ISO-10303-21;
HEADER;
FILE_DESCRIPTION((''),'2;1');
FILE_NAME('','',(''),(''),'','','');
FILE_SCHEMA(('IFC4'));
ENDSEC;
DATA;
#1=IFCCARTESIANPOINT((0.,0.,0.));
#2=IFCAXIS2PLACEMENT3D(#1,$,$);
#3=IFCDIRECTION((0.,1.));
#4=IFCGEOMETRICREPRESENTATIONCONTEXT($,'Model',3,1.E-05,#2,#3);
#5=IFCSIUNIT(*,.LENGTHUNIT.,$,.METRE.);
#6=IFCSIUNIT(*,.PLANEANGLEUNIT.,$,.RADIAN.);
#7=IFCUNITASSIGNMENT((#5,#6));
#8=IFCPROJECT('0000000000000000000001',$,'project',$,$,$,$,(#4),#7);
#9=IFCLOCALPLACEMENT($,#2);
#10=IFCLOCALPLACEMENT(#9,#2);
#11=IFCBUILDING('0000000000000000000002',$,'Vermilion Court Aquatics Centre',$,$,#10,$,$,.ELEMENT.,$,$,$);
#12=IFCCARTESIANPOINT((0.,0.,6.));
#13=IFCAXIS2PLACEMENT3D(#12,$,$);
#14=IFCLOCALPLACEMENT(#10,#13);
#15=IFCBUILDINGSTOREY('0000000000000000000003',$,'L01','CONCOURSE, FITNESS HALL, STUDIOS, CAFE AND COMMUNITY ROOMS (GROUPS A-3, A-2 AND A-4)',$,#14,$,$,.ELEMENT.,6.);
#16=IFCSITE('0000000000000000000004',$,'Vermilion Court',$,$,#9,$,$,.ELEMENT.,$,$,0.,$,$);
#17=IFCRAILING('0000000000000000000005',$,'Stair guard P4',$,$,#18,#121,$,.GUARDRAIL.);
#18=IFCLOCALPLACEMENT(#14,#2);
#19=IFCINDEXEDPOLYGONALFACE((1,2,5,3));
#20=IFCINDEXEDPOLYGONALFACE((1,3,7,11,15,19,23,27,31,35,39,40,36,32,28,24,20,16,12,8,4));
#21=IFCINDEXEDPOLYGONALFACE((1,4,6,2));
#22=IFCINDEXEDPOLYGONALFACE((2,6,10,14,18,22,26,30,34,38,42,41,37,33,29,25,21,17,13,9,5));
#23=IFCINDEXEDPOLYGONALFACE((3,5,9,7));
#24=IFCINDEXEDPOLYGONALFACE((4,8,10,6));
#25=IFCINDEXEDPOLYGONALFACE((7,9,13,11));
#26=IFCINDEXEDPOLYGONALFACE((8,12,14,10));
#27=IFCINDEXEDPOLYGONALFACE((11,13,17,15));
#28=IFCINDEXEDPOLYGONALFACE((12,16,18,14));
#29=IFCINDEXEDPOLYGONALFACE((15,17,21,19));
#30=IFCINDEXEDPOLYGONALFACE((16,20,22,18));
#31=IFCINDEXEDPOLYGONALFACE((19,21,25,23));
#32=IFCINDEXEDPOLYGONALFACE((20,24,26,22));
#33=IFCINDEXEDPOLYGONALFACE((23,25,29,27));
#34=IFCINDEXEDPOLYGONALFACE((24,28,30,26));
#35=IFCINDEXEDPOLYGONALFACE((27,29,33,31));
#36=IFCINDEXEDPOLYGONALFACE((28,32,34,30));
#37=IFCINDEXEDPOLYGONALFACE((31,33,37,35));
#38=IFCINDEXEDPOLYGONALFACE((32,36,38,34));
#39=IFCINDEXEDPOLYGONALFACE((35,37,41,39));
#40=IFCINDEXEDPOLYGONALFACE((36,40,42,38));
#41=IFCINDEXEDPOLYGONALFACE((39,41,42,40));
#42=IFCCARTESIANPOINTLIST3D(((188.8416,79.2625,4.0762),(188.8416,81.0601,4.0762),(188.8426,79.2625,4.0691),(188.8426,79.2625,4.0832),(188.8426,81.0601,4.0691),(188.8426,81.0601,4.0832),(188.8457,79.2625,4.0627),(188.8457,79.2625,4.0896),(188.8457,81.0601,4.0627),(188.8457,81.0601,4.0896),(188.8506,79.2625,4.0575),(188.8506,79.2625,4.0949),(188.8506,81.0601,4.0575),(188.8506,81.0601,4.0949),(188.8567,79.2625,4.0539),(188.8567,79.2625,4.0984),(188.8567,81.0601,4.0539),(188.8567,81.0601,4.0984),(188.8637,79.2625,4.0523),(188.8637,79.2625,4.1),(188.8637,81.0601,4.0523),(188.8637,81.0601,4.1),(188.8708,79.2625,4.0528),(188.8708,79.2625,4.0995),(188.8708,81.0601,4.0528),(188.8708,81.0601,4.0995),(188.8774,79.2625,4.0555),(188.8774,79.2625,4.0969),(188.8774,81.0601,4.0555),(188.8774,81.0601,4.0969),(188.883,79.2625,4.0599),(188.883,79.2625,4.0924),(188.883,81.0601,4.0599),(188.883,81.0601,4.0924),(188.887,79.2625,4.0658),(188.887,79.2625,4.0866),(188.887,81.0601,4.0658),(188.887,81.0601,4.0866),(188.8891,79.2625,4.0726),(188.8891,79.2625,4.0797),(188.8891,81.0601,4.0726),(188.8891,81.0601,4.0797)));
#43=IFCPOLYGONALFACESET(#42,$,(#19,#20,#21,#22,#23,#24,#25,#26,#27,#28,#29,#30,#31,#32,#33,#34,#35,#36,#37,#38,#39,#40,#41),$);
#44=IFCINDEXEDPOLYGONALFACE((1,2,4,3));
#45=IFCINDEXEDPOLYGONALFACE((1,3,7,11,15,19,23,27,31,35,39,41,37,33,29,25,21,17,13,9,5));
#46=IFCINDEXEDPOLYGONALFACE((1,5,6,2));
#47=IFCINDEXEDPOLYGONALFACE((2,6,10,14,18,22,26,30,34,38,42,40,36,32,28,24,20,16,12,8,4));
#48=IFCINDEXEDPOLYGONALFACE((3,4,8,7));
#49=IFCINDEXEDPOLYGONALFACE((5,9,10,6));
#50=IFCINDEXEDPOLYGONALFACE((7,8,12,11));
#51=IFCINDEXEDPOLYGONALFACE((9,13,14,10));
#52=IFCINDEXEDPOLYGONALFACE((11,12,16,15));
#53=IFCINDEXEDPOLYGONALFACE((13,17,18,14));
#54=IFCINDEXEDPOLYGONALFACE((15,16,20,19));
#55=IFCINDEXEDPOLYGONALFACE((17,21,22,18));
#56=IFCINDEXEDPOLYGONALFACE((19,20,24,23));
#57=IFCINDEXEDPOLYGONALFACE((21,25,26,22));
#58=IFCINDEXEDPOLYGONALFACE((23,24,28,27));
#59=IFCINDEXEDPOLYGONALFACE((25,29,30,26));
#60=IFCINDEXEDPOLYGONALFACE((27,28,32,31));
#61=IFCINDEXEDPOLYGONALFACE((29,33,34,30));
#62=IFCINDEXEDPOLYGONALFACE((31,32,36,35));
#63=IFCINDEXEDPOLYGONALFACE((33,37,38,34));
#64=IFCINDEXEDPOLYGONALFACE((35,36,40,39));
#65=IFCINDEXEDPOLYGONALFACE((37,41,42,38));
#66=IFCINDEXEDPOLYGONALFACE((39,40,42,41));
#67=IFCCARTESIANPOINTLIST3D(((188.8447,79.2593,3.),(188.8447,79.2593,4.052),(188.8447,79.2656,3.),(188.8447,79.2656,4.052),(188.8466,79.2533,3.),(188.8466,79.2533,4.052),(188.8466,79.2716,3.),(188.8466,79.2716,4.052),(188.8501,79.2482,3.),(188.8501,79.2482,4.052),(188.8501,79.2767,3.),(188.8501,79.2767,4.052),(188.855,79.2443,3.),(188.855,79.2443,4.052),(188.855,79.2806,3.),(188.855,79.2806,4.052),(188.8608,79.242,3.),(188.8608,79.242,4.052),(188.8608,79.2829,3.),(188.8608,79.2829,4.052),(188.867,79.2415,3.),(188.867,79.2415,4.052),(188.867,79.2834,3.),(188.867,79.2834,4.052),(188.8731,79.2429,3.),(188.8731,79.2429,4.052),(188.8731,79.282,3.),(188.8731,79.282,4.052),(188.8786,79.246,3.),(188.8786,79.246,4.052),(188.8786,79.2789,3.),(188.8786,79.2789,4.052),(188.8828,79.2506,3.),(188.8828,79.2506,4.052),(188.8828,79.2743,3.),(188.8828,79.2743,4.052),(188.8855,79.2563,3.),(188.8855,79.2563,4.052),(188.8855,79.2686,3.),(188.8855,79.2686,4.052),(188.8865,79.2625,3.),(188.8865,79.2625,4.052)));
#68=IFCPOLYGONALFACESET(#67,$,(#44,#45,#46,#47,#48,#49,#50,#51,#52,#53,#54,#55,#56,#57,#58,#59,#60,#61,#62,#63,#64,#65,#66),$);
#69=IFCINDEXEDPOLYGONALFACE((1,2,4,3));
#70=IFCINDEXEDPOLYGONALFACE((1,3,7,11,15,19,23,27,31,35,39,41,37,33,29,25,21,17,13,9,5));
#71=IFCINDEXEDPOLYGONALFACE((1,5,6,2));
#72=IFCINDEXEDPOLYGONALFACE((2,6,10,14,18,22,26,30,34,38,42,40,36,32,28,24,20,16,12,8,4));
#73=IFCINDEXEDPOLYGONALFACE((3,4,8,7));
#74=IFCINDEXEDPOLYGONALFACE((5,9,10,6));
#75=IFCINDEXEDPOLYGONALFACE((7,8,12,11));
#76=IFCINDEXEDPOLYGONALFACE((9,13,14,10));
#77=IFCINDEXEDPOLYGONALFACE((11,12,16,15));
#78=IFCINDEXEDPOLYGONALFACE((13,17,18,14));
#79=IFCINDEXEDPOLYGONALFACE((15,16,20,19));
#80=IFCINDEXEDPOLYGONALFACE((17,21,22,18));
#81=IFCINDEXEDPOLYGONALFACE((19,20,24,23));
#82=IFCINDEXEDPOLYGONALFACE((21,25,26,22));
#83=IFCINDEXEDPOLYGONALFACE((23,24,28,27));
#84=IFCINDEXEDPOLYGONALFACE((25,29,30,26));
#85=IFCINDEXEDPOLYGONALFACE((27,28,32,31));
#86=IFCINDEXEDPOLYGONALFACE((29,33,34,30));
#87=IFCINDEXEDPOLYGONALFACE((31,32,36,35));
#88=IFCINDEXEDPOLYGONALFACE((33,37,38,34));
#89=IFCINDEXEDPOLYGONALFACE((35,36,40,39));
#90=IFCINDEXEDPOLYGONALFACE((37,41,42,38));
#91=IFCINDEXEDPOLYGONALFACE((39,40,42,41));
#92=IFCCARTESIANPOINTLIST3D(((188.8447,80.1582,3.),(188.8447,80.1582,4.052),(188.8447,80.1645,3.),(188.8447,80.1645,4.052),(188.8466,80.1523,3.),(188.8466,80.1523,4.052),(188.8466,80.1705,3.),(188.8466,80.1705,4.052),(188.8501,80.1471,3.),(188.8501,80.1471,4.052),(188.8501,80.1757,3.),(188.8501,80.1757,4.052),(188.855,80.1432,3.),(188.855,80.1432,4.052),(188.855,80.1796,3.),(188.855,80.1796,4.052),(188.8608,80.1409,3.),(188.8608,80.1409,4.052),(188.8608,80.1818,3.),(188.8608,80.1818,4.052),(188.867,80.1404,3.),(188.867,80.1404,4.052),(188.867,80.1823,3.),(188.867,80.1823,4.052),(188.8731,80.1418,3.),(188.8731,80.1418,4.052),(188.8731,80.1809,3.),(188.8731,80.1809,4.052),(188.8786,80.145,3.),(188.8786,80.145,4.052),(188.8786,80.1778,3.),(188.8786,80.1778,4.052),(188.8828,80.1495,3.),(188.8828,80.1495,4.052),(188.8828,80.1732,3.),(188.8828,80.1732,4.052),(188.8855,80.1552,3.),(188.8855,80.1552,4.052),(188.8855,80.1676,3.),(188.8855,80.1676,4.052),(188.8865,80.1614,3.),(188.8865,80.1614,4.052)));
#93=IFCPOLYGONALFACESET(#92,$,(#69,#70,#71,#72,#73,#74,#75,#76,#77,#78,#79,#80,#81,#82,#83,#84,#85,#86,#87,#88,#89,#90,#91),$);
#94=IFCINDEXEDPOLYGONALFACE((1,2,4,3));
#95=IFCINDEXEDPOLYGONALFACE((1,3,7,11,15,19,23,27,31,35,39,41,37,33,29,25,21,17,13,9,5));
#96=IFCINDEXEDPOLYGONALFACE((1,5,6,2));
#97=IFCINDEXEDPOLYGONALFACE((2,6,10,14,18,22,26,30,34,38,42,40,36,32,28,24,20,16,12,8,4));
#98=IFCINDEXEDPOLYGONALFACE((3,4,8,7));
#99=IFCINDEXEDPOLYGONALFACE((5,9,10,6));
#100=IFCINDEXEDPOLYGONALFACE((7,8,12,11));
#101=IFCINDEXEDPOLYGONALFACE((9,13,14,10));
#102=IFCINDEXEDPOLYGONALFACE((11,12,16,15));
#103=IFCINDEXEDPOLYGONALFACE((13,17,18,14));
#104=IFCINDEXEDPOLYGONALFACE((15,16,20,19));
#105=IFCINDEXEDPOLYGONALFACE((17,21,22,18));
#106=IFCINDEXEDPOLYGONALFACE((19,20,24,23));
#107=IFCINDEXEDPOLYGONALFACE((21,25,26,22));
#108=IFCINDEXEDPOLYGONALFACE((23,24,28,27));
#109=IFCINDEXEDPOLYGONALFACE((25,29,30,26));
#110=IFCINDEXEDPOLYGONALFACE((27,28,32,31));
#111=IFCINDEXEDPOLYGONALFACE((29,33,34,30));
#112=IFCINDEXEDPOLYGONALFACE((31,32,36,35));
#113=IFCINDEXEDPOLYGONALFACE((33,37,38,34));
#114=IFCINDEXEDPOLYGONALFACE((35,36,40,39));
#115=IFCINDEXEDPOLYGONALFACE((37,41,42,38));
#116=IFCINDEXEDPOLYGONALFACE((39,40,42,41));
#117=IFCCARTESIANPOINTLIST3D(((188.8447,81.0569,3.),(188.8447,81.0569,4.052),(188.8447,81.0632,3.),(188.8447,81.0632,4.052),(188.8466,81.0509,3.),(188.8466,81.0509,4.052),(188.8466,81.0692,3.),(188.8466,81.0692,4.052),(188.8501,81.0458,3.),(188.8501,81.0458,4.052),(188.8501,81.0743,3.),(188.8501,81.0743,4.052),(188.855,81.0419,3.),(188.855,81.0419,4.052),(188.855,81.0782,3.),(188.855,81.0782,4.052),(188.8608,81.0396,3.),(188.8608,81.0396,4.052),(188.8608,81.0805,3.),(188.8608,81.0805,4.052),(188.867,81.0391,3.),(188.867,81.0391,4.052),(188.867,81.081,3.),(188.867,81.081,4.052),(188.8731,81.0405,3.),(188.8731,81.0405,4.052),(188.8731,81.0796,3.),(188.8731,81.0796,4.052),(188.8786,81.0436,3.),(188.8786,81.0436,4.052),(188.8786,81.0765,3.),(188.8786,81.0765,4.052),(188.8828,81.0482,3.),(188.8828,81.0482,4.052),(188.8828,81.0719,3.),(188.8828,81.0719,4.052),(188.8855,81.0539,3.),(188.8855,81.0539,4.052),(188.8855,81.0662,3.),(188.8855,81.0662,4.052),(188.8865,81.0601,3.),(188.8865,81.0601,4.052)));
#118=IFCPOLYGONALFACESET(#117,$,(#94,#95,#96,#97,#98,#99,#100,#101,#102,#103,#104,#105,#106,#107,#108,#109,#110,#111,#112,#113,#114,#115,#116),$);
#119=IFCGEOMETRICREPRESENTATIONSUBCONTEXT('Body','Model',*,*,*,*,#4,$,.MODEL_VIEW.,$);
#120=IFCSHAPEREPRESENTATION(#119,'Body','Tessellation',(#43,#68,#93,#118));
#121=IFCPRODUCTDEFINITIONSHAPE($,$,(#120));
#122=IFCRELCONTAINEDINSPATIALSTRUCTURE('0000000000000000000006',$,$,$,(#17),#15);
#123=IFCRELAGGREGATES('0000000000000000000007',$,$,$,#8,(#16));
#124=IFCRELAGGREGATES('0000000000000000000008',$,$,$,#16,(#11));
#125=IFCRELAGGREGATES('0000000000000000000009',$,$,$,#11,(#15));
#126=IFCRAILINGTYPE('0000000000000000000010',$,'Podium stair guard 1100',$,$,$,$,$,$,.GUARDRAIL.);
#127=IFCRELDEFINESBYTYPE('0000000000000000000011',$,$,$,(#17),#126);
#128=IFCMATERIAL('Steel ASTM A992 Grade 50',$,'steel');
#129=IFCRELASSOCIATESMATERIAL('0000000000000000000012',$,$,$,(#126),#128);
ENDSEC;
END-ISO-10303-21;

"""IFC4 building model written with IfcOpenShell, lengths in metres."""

from ifc_helpers import new_model, si_unit, direction, frame, origin, origin_2d, place, context, subcontext, project, spatial, circle, extrude, material, type_object, element, save


model = new_model("IFC4")

# Units and contexts
model_context = context("Model", 3, precision=1e-05, world=origin(), true_north=direction((0.0, 1.0)))
body_context = subcontext(model_context, "Body", "Model", "MODEL_VIEW")
ifc_project = project(units=[si_unit("LENGTHUNIT", "METRE"), si_unit("PLANEANGLEUNIT", "RADIAN")], contexts=[model_context])

# Site, building, storey
site_placement = place(None, origin())
site = spatial("IfcSite", under=ifc_project, at=site_placement, Name="Vermilion Court", CompositionType="ELEMENT", RefElevation=0.0)
building_placement = place(site_placement, origin())
building = spatial("IfcBuilding", under=site, at=building_placement, Name="Vermilion Court Aquatics Centre", CompositionType="ELEMENT")
storey_placement = place(building_placement, frame((0.0, 0.0, 6.0)))
storey = spatial("IfcBuildingStorey", under=building, at=storey_placement, Name="L01", Description="CONCOURSE, FITNESS HALL, STUDIOS, CAFE AND COMMUNITY ROOMS (GROUPS A-3, A-2 AND A-4)", CompositionType="ELEMENT", Elevation=6.0)

# Railing
ifc_material_1 = material(Name="Steel ASTM A992 Grade 50", Category="steel")
railing_type_1 = type_object("IfcRailingType", Name="Podium stair guard 1100", PredefinedType="GUARDRAIL", material=ifc_material_1)
railing_1_placement = place(storey_placement, frame((188.8655, 79.2625, 3.0)))
element("IfcRailing", 1, at=railing_1_placement, inside=storey, type_object=railing_type_1, Name="Stair guard P4", PredefinedType="GUARDRAIL", context=body_context, shape_type="SweptSolid", body=[
    extrude(circle(Radius=0.0239, at=origin_2d()), frame((0.0, 0.0, 1.0762), z_axis=(0.0, 1.0, 0.0), x_axis=(-1.0, 0.0, 0.0)), (0.0, 0.0, 1.0), 1.7976),
    extrude(circle(Radius=0.021, at=origin_2d()), origin(), (0.0, 0.0, 1.0), 1.052),
    extrude(circle(Radius=0.021, at=origin_2d()), frame((0.0, 0.8989, 0.0)), (0.0, 0.0, 1.0), 1.052),
    extrude(circle(Radius=0.021, at=origin_2d()), frame((0.0, 1.7976, 0.0)), (0.0, 0.0, 1.0), 1.052),
])

save(model, "model.ifc")
